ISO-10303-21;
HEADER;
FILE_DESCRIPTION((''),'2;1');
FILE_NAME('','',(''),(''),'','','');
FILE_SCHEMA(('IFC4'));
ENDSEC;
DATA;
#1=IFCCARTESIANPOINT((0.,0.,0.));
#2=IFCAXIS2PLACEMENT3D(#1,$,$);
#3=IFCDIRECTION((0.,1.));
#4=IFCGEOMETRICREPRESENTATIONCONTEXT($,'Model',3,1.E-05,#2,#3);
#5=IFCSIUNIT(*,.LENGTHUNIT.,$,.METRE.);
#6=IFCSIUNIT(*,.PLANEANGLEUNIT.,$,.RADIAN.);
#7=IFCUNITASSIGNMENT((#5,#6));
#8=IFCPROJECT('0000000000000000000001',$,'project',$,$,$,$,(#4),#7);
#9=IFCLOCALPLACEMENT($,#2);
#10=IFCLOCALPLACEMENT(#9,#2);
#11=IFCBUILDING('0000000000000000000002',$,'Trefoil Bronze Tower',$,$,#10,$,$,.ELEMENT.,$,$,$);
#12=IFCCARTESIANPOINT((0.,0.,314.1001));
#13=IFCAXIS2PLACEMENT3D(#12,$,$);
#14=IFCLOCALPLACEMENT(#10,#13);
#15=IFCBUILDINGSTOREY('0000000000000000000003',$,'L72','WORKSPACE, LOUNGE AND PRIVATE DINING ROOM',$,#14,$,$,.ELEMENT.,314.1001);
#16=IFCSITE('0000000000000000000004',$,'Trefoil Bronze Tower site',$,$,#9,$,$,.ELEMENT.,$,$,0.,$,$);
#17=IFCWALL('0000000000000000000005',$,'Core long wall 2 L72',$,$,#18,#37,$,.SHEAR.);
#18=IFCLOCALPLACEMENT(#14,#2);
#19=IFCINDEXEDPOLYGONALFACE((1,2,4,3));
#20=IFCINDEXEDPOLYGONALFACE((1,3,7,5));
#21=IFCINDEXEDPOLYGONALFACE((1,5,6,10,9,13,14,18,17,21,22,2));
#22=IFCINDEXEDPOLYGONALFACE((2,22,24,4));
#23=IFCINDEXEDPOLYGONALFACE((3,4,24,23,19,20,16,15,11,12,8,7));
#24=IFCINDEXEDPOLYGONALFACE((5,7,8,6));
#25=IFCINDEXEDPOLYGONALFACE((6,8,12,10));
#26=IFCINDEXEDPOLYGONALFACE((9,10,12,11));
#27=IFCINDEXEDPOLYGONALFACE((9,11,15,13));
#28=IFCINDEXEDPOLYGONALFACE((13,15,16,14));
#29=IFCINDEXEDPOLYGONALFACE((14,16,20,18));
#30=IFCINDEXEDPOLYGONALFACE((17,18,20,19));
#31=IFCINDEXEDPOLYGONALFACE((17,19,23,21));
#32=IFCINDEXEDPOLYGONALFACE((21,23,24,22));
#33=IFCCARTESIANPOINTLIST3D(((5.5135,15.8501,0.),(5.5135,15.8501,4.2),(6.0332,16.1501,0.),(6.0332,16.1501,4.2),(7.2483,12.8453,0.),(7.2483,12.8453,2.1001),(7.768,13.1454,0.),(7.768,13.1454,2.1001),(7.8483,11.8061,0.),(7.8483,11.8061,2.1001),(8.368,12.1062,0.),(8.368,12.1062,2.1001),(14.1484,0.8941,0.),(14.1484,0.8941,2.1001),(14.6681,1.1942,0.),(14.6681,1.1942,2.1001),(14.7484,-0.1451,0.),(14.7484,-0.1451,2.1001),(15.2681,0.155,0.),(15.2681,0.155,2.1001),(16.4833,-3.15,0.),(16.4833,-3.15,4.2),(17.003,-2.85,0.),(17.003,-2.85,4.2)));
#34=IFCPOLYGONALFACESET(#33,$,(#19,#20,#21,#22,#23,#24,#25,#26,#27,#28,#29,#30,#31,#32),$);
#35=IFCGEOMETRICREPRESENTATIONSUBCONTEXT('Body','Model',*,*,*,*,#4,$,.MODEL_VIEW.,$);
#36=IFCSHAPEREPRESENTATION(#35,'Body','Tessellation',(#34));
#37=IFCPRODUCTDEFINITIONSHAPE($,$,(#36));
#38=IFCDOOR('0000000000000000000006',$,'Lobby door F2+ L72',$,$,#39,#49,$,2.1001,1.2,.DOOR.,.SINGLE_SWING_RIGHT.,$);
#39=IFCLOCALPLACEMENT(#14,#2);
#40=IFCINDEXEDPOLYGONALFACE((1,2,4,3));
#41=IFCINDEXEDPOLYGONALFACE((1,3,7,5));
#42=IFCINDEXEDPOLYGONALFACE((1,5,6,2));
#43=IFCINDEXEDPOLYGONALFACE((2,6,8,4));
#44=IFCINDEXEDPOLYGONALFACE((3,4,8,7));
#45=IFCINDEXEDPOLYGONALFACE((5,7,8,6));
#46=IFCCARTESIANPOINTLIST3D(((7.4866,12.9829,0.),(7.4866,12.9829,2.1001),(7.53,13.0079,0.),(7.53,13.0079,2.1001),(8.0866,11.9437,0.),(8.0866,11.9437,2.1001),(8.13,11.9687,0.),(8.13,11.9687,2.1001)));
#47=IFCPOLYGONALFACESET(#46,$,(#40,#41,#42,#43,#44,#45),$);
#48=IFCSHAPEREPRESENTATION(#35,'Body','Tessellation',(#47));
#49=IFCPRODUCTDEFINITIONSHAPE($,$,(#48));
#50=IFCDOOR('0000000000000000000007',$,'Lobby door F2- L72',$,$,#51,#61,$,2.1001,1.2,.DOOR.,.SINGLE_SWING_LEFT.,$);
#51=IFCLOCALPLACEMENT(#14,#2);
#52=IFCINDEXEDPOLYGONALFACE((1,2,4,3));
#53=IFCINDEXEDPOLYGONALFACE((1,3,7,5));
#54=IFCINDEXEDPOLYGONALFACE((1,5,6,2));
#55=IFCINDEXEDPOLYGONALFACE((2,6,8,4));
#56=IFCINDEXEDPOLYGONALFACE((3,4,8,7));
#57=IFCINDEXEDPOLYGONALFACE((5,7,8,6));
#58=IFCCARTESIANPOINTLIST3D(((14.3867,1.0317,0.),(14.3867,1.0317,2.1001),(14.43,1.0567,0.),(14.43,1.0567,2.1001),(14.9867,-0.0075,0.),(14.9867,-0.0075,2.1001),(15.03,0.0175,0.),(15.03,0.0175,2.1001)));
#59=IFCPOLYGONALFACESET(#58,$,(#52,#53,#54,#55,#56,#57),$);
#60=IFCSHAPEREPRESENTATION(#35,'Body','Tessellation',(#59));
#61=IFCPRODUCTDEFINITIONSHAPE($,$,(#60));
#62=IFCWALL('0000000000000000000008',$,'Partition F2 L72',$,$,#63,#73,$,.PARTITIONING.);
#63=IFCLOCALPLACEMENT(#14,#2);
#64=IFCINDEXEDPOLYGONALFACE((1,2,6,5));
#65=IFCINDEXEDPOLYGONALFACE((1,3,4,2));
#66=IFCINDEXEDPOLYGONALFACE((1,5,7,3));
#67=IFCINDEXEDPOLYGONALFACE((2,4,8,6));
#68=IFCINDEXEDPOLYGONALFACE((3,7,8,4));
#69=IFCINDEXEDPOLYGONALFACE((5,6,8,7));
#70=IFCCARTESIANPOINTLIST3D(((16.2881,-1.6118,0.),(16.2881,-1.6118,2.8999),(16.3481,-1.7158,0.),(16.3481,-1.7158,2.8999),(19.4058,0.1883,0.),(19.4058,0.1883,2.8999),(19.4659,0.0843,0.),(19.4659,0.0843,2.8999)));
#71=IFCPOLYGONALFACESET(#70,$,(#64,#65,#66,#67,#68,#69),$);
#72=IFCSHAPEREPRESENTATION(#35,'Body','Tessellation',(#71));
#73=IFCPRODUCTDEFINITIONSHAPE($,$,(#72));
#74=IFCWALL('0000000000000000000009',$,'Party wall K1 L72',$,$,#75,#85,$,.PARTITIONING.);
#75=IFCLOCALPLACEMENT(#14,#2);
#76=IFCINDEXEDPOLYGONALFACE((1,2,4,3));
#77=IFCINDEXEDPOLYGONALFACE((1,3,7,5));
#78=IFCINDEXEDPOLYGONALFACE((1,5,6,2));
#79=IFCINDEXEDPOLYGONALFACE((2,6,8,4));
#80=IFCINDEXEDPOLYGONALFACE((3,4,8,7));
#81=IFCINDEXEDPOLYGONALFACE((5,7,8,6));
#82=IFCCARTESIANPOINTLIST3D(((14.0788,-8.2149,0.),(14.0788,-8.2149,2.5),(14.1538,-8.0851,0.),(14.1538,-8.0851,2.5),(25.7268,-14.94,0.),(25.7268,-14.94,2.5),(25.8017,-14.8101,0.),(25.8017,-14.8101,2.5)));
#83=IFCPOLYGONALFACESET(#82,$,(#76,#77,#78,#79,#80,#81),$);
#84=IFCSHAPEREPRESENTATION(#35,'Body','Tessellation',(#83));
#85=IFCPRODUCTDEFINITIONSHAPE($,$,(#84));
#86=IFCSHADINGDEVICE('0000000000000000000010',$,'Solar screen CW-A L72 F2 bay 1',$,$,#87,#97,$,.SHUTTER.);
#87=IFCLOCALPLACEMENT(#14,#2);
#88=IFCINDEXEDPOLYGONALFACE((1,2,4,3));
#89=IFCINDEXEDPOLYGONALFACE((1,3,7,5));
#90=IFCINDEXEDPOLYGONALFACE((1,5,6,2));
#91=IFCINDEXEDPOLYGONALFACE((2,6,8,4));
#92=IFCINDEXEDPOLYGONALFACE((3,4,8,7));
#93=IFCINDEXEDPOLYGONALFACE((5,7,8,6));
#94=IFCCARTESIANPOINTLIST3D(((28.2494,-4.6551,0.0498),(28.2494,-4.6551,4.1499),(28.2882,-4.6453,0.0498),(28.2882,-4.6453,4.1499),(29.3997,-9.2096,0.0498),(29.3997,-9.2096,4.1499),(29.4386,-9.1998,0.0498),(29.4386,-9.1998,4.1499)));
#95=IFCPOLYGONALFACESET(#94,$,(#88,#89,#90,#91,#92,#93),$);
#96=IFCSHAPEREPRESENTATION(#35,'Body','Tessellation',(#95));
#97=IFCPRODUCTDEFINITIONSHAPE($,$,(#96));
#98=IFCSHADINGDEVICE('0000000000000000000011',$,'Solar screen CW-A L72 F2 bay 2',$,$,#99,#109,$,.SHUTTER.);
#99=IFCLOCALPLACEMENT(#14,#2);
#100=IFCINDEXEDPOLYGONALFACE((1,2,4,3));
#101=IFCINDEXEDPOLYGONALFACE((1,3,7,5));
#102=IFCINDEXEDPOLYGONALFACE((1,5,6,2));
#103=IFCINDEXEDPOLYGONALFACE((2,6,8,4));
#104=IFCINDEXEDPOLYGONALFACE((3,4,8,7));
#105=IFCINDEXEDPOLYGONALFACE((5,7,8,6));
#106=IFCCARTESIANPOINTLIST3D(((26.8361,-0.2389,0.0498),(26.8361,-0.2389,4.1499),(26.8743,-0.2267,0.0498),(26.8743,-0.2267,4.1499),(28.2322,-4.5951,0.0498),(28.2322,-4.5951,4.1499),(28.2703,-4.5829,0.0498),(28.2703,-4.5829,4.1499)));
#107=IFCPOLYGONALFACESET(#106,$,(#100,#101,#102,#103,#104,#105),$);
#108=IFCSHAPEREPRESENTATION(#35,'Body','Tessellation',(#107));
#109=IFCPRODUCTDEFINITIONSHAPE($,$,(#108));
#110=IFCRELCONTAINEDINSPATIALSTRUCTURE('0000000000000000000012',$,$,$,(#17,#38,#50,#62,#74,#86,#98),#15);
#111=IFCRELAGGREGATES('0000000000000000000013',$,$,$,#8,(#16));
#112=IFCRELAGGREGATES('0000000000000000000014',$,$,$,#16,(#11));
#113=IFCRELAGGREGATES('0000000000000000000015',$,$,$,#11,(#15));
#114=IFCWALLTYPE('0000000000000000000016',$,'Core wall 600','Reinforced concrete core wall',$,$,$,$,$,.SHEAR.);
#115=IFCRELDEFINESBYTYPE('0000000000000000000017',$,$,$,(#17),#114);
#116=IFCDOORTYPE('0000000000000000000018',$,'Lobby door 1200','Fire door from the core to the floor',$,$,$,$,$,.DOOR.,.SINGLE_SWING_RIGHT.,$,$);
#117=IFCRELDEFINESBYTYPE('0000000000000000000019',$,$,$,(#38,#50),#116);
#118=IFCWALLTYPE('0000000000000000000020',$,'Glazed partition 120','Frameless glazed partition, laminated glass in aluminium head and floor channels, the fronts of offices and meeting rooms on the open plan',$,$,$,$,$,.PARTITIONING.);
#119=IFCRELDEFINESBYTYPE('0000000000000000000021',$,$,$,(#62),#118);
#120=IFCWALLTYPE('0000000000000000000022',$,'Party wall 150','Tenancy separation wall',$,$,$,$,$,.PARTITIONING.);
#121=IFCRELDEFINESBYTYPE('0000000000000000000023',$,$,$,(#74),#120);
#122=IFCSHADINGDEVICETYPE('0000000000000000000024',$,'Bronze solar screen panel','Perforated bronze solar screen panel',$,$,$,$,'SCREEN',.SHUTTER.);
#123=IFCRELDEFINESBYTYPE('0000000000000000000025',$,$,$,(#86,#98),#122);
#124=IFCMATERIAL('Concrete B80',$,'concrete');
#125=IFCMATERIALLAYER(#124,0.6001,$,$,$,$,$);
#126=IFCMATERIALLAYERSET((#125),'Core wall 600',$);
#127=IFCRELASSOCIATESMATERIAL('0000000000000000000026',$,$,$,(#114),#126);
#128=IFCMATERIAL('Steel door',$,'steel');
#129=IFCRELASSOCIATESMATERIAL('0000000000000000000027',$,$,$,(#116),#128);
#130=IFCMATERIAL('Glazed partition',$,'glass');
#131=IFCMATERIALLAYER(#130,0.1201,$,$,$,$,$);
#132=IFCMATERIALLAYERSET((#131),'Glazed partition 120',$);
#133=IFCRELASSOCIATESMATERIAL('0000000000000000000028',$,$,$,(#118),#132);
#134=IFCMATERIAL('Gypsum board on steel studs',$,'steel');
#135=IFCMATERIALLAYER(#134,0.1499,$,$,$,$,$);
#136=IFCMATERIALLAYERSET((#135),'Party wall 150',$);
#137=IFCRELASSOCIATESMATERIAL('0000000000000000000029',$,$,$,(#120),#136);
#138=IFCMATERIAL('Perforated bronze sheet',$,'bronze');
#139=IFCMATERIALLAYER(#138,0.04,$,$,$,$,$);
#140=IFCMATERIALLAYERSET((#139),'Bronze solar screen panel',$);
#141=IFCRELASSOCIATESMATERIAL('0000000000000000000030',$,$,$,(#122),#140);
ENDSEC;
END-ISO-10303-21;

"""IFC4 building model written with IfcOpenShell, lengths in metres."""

from ifc_helpers import new_model, si_unit, direction, frame, frame_2d, origin, origin_2d, place, context, subcontext, project, spatial, rectangle, extrude, material, layer, layer_set, type_object, element, fill, save


model = new_model("IFC4")

# Units and contexts
model_context = context("Model", 3, precision=1e-05, world=origin(), true_north=direction((0.0, 1.0)))
body_context = subcontext(model_context, "Body", "Model", "MODEL_VIEW")
ifc_project = project(units=[si_unit("LENGTHUNIT", "METRE"), si_unit("PLANEANGLEUNIT", "RADIAN")], contexts=[model_context])

# Site, building, storey
site_placement = place(None, origin())
site = spatial("IfcSite", under=ifc_project, at=site_placement, Name="Trefoil Bronze Tower site", CompositionType="ELEMENT", RefElevation=0.0)
building_placement = place(site_placement, origin())
building = spatial("IfcBuilding", under=site, at=building_placement, Name="Trefoil Bronze Tower", CompositionType="ELEMENT")
storey_placement = place(building_placement, frame((0.0, 0.0, 314.1001)))
storey = spatial("IfcBuildingStorey", under=building, at=storey_placement, Name="L72", Description="WORKSPACE, LOUNGE AND PRIVATE DINING ROOM", CompositionType="ELEMENT", Elevation=314.1001)

# Wall, openings, doors
ifc_material_1 = material(Name="Concrete B80", Category="concrete")
ifc_layer_1 = layer(ifc_material_1, 0.6001)
ifc_layer_set_1 = layer_set([ifc_layer_1], Name="Core wall 600")
wall_type_1 = type_object("IfcWallType", Name="Core wall 600", Description="Reinforced concrete core wall", PredefinedType="SHEAR", material=ifc_layer_set_1)
wall_1_placement = place(storey_placement, frame((16.7432, -3.0, 0.0), z_axis=(0.0, 0.0, 1.0), x_axis=(-0.500002, 0.866024, 0.0)))
wall_1 = element("IfcWall", 1, at=wall_1_placement, inside=storey, type_object=wall_type_1, Name="Core long wall 2 L72", PredefinedType="SHEAR", context=body_context, shape_type="SweptSolid", body=[
    extrude(rectangle(XDim=21.9395, YDim=0.6001, at=frame_2d((10.9697, 0.0))), origin(), (0.0, 0.0, 1.0), 4.2),
])
opening_1_placement = place(wall_1_placement, frame((17.2698, 0.0, 0.0)))
opening_1 = element("IfcOpeningElement", 2, at=opening_1_placement, cuts=wall_1, PredefinedType="OPENING", context=body_context, shape_type="SweptSolid", body=[
    extrude(rectangle(XDim=1.2, YDim=2.1001, at=frame_2d((0.6001, 1.05))), frame((0.0, 0.3101, 0.0), z_axis=(0.0, -1.0, 0.0), x_axis=(1.0, 0.0, 0.0)), (0.0, 0.0, 1.0), 0.6201),
])
opening_2_placement = place(wall_1_placement, frame((3.4697, 0.0, 0.0)))
opening_2 = element("IfcOpeningElement", 3, at=opening_2_placement, cuts=wall_1, PredefinedType="OPENING", context=body_context, shape_type="SweptSolid", body=[
    extrude(rectangle(XDim=1.2, YDim=2.1001, at=frame_2d((0.6001, 1.05))), frame((0.0, 0.3101, 0.0), z_axis=(0.0, -1.0, 0.0), x_axis=(1.0, 0.0, 0.0)), (0.0, 0.0, 1.0), 0.6201),
])
ifc_material_2 = material(Name="Steel door", Category="steel")
door_type_1 = type_object("IfcDoorType", Name="Lobby door 1200", Description="Fire door from the core to the floor", OperationType="SINGLE_SWING_RIGHT", PredefinedType="DOOR", material=ifc_material_2)
door_1_placement = place(opening_1_placement, origin())
door_1 = element("IfcDoor", 4, at=door_1_placement, inside=storey, type_object=door_type_1, Name="Lobby door F2+ L72", OperationType="SINGLE_SWING_RIGHT", OverallHeight=2.1001, OverallWidth=1.2, PredefinedType="DOOR", context=body_context, shape_type="SweptSolid", body=[
    extrude(rectangle(XDim=1.2, YDim=2.1001, at=frame_2d((0.6001, 1.05))), frame((0.0, 0.0249, 0.0), z_axis=(0.0, -1.0, 0.0), x_axis=(1.0, 0.0, 0.0)), (0.0, 0.0, 1.0), 0.05),
])
fill(opening_1, door_1)
door_2_placement = place(opening_2_placement, origin())
door_2 = element("IfcDoor", 5, at=door_2_placement, inside=storey, type_object=door_type_1, Name="Lobby door F2- L72", OperationType="SINGLE_SWING_LEFT", OverallHeight=2.1001, OverallWidth=1.2, PredefinedType="DOOR", context=body_context, shape_type="SweptSolid", body=[
    extrude(rectangle(XDim=1.2, YDim=2.1001, at=frame_2d((0.6001, 1.05))), frame((0.0, 0.0249, 0.0), z_axis=(0.0, -1.0, 0.0), x_axis=(1.0, 0.0, 0.0)), (0.0, 0.0, 1.0), 0.05),
])
fill(opening_2, door_2)

# Walls
ifc_material_3 = material(Name="Glazed partition", Category="glass")
ifc_layer_2 = layer(ifc_material_3, 0.1201)
ifc_layer_set_2 = layer_set([ifc_layer_2], Name="Glazed partition 120")
wall_type_2 = type_object("IfcWallType", Name="Glazed partition 120", Description="Frameless glazed partition, laminated glass in aluminium head and floor channels, the fronts of offices and meeting rooms on the open plan", PredefinedType="PARTITIONING", material=ifc_layer_set_2)
wall_2_placement = place(storey_placement, frame((16.3181, -1.6638, 0.0), z_axis=(0.0, 0.0, 1.0), x_axis=(0.866018, 0.500012, 0.0)))
element("IfcWall", 6, at=wall_2_placement, inside=storey, type_object=wall_type_2, Name="Partition F2 L72", PredefinedType="PARTITIONING", context=body_context, shape_type="SweptSolid", body=[
    extrude(rectangle(XDim=3.6001, YDim=0.1201, at=frame_2d((1.8, 0.0))), origin(), (0.0, 0.0, 1.0), 2.8999),
])
ifc_material_4 = material(Name="Gypsum board on steel studs", Category="steel")
ifc_layer_3 = layer(ifc_material_4, 0.1499)
ifc_layer_set_3 = layer_set([ifc_layer_3], Name="Party wall 150")
wall_type_3 = type_object("IfcWallType", Name="Party wall 150", Description="Tenancy separation wall", PredefinedType="PARTITIONING", material=ifc_layer_set_3)
wall_3_placement = place(storey_placement, frame((14.1162, -8.1499, 0.0), z_axis=(0.0, 0.0, 1.0), x_axis=(0.866021, -0.500008, 0.0)))
element("IfcWall", 7, at=wall_3_placement, inside=storey, type_object=wall_type_3, Name="Party wall K1 L72", PredefinedType="PARTITIONING", context=body_context, shape_type="SweptSolid", body=[
    extrude(rectangle(XDim=13.45, YDim=0.1499, at=frame_2d((6.7251, 0.0))), origin(), (0.0, 0.0, 1.0), 2.5),
])

# Shading devices
ifc_material_5 = material(Name="Perforated bronze sheet", Category="bronze")
ifc_layer_4 = layer(ifc_material_5, 0.04)
ifc_layer_set_4 = layer_set([ifc_layer_4], Name="Bronze solar screen panel")
shading_device_type = type_object("IfcShadingDeviceType", Name="Bronze solar screen panel", Description="Perforated bronze solar screen panel", ElementType="SCREEN", PredefinedType="SHUTTER", material=ifc_layer_set_4)
shading_device_1_placement = place(storey_placement, frame((28.844, -6.9275, 0.0498), z_axis=(0.0, 0.0, 1.0), x_axis=(-0.24488, 0.969554, 0.0)))
element("IfcShadingDevice", 8, at=shading_device_1_placement, inside=storey, type_object=shading_device_type, Name="Solar screen CW-A L72 F2 bay 1", PredefinedType="SHUTTER", context=body_context, shape_type="SweptSolid", body=[
    extrude(rectangle(XDim=4.6975, YDim=0.04, at=origin_2d()), origin(), (0.0, 0.0, 1.0), 4.1001),
])
shading_device_2_placement = place(storey_placement, frame((27.5532, -2.4109, 0.0498), z_axis=(0.0, 0.0, 1.0), x_axis=(-0.305188, 0.952292, 0.0)))
element("IfcShadingDevice", 9, at=shading_device_2_placement, inside=storey, type_object=shading_device_type, Name="Solar screen CW-A L72 F2 bay 2", PredefinedType="SHUTTER", context=body_context, shape_type="SweptSolid", body=[
    extrude(rectangle(XDim=4.5745, YDim=0.04, at=origin_2d()), origin(), (0.0, 0.0, 1.0), 4.1001),
])

save(model, "model.ifc")
